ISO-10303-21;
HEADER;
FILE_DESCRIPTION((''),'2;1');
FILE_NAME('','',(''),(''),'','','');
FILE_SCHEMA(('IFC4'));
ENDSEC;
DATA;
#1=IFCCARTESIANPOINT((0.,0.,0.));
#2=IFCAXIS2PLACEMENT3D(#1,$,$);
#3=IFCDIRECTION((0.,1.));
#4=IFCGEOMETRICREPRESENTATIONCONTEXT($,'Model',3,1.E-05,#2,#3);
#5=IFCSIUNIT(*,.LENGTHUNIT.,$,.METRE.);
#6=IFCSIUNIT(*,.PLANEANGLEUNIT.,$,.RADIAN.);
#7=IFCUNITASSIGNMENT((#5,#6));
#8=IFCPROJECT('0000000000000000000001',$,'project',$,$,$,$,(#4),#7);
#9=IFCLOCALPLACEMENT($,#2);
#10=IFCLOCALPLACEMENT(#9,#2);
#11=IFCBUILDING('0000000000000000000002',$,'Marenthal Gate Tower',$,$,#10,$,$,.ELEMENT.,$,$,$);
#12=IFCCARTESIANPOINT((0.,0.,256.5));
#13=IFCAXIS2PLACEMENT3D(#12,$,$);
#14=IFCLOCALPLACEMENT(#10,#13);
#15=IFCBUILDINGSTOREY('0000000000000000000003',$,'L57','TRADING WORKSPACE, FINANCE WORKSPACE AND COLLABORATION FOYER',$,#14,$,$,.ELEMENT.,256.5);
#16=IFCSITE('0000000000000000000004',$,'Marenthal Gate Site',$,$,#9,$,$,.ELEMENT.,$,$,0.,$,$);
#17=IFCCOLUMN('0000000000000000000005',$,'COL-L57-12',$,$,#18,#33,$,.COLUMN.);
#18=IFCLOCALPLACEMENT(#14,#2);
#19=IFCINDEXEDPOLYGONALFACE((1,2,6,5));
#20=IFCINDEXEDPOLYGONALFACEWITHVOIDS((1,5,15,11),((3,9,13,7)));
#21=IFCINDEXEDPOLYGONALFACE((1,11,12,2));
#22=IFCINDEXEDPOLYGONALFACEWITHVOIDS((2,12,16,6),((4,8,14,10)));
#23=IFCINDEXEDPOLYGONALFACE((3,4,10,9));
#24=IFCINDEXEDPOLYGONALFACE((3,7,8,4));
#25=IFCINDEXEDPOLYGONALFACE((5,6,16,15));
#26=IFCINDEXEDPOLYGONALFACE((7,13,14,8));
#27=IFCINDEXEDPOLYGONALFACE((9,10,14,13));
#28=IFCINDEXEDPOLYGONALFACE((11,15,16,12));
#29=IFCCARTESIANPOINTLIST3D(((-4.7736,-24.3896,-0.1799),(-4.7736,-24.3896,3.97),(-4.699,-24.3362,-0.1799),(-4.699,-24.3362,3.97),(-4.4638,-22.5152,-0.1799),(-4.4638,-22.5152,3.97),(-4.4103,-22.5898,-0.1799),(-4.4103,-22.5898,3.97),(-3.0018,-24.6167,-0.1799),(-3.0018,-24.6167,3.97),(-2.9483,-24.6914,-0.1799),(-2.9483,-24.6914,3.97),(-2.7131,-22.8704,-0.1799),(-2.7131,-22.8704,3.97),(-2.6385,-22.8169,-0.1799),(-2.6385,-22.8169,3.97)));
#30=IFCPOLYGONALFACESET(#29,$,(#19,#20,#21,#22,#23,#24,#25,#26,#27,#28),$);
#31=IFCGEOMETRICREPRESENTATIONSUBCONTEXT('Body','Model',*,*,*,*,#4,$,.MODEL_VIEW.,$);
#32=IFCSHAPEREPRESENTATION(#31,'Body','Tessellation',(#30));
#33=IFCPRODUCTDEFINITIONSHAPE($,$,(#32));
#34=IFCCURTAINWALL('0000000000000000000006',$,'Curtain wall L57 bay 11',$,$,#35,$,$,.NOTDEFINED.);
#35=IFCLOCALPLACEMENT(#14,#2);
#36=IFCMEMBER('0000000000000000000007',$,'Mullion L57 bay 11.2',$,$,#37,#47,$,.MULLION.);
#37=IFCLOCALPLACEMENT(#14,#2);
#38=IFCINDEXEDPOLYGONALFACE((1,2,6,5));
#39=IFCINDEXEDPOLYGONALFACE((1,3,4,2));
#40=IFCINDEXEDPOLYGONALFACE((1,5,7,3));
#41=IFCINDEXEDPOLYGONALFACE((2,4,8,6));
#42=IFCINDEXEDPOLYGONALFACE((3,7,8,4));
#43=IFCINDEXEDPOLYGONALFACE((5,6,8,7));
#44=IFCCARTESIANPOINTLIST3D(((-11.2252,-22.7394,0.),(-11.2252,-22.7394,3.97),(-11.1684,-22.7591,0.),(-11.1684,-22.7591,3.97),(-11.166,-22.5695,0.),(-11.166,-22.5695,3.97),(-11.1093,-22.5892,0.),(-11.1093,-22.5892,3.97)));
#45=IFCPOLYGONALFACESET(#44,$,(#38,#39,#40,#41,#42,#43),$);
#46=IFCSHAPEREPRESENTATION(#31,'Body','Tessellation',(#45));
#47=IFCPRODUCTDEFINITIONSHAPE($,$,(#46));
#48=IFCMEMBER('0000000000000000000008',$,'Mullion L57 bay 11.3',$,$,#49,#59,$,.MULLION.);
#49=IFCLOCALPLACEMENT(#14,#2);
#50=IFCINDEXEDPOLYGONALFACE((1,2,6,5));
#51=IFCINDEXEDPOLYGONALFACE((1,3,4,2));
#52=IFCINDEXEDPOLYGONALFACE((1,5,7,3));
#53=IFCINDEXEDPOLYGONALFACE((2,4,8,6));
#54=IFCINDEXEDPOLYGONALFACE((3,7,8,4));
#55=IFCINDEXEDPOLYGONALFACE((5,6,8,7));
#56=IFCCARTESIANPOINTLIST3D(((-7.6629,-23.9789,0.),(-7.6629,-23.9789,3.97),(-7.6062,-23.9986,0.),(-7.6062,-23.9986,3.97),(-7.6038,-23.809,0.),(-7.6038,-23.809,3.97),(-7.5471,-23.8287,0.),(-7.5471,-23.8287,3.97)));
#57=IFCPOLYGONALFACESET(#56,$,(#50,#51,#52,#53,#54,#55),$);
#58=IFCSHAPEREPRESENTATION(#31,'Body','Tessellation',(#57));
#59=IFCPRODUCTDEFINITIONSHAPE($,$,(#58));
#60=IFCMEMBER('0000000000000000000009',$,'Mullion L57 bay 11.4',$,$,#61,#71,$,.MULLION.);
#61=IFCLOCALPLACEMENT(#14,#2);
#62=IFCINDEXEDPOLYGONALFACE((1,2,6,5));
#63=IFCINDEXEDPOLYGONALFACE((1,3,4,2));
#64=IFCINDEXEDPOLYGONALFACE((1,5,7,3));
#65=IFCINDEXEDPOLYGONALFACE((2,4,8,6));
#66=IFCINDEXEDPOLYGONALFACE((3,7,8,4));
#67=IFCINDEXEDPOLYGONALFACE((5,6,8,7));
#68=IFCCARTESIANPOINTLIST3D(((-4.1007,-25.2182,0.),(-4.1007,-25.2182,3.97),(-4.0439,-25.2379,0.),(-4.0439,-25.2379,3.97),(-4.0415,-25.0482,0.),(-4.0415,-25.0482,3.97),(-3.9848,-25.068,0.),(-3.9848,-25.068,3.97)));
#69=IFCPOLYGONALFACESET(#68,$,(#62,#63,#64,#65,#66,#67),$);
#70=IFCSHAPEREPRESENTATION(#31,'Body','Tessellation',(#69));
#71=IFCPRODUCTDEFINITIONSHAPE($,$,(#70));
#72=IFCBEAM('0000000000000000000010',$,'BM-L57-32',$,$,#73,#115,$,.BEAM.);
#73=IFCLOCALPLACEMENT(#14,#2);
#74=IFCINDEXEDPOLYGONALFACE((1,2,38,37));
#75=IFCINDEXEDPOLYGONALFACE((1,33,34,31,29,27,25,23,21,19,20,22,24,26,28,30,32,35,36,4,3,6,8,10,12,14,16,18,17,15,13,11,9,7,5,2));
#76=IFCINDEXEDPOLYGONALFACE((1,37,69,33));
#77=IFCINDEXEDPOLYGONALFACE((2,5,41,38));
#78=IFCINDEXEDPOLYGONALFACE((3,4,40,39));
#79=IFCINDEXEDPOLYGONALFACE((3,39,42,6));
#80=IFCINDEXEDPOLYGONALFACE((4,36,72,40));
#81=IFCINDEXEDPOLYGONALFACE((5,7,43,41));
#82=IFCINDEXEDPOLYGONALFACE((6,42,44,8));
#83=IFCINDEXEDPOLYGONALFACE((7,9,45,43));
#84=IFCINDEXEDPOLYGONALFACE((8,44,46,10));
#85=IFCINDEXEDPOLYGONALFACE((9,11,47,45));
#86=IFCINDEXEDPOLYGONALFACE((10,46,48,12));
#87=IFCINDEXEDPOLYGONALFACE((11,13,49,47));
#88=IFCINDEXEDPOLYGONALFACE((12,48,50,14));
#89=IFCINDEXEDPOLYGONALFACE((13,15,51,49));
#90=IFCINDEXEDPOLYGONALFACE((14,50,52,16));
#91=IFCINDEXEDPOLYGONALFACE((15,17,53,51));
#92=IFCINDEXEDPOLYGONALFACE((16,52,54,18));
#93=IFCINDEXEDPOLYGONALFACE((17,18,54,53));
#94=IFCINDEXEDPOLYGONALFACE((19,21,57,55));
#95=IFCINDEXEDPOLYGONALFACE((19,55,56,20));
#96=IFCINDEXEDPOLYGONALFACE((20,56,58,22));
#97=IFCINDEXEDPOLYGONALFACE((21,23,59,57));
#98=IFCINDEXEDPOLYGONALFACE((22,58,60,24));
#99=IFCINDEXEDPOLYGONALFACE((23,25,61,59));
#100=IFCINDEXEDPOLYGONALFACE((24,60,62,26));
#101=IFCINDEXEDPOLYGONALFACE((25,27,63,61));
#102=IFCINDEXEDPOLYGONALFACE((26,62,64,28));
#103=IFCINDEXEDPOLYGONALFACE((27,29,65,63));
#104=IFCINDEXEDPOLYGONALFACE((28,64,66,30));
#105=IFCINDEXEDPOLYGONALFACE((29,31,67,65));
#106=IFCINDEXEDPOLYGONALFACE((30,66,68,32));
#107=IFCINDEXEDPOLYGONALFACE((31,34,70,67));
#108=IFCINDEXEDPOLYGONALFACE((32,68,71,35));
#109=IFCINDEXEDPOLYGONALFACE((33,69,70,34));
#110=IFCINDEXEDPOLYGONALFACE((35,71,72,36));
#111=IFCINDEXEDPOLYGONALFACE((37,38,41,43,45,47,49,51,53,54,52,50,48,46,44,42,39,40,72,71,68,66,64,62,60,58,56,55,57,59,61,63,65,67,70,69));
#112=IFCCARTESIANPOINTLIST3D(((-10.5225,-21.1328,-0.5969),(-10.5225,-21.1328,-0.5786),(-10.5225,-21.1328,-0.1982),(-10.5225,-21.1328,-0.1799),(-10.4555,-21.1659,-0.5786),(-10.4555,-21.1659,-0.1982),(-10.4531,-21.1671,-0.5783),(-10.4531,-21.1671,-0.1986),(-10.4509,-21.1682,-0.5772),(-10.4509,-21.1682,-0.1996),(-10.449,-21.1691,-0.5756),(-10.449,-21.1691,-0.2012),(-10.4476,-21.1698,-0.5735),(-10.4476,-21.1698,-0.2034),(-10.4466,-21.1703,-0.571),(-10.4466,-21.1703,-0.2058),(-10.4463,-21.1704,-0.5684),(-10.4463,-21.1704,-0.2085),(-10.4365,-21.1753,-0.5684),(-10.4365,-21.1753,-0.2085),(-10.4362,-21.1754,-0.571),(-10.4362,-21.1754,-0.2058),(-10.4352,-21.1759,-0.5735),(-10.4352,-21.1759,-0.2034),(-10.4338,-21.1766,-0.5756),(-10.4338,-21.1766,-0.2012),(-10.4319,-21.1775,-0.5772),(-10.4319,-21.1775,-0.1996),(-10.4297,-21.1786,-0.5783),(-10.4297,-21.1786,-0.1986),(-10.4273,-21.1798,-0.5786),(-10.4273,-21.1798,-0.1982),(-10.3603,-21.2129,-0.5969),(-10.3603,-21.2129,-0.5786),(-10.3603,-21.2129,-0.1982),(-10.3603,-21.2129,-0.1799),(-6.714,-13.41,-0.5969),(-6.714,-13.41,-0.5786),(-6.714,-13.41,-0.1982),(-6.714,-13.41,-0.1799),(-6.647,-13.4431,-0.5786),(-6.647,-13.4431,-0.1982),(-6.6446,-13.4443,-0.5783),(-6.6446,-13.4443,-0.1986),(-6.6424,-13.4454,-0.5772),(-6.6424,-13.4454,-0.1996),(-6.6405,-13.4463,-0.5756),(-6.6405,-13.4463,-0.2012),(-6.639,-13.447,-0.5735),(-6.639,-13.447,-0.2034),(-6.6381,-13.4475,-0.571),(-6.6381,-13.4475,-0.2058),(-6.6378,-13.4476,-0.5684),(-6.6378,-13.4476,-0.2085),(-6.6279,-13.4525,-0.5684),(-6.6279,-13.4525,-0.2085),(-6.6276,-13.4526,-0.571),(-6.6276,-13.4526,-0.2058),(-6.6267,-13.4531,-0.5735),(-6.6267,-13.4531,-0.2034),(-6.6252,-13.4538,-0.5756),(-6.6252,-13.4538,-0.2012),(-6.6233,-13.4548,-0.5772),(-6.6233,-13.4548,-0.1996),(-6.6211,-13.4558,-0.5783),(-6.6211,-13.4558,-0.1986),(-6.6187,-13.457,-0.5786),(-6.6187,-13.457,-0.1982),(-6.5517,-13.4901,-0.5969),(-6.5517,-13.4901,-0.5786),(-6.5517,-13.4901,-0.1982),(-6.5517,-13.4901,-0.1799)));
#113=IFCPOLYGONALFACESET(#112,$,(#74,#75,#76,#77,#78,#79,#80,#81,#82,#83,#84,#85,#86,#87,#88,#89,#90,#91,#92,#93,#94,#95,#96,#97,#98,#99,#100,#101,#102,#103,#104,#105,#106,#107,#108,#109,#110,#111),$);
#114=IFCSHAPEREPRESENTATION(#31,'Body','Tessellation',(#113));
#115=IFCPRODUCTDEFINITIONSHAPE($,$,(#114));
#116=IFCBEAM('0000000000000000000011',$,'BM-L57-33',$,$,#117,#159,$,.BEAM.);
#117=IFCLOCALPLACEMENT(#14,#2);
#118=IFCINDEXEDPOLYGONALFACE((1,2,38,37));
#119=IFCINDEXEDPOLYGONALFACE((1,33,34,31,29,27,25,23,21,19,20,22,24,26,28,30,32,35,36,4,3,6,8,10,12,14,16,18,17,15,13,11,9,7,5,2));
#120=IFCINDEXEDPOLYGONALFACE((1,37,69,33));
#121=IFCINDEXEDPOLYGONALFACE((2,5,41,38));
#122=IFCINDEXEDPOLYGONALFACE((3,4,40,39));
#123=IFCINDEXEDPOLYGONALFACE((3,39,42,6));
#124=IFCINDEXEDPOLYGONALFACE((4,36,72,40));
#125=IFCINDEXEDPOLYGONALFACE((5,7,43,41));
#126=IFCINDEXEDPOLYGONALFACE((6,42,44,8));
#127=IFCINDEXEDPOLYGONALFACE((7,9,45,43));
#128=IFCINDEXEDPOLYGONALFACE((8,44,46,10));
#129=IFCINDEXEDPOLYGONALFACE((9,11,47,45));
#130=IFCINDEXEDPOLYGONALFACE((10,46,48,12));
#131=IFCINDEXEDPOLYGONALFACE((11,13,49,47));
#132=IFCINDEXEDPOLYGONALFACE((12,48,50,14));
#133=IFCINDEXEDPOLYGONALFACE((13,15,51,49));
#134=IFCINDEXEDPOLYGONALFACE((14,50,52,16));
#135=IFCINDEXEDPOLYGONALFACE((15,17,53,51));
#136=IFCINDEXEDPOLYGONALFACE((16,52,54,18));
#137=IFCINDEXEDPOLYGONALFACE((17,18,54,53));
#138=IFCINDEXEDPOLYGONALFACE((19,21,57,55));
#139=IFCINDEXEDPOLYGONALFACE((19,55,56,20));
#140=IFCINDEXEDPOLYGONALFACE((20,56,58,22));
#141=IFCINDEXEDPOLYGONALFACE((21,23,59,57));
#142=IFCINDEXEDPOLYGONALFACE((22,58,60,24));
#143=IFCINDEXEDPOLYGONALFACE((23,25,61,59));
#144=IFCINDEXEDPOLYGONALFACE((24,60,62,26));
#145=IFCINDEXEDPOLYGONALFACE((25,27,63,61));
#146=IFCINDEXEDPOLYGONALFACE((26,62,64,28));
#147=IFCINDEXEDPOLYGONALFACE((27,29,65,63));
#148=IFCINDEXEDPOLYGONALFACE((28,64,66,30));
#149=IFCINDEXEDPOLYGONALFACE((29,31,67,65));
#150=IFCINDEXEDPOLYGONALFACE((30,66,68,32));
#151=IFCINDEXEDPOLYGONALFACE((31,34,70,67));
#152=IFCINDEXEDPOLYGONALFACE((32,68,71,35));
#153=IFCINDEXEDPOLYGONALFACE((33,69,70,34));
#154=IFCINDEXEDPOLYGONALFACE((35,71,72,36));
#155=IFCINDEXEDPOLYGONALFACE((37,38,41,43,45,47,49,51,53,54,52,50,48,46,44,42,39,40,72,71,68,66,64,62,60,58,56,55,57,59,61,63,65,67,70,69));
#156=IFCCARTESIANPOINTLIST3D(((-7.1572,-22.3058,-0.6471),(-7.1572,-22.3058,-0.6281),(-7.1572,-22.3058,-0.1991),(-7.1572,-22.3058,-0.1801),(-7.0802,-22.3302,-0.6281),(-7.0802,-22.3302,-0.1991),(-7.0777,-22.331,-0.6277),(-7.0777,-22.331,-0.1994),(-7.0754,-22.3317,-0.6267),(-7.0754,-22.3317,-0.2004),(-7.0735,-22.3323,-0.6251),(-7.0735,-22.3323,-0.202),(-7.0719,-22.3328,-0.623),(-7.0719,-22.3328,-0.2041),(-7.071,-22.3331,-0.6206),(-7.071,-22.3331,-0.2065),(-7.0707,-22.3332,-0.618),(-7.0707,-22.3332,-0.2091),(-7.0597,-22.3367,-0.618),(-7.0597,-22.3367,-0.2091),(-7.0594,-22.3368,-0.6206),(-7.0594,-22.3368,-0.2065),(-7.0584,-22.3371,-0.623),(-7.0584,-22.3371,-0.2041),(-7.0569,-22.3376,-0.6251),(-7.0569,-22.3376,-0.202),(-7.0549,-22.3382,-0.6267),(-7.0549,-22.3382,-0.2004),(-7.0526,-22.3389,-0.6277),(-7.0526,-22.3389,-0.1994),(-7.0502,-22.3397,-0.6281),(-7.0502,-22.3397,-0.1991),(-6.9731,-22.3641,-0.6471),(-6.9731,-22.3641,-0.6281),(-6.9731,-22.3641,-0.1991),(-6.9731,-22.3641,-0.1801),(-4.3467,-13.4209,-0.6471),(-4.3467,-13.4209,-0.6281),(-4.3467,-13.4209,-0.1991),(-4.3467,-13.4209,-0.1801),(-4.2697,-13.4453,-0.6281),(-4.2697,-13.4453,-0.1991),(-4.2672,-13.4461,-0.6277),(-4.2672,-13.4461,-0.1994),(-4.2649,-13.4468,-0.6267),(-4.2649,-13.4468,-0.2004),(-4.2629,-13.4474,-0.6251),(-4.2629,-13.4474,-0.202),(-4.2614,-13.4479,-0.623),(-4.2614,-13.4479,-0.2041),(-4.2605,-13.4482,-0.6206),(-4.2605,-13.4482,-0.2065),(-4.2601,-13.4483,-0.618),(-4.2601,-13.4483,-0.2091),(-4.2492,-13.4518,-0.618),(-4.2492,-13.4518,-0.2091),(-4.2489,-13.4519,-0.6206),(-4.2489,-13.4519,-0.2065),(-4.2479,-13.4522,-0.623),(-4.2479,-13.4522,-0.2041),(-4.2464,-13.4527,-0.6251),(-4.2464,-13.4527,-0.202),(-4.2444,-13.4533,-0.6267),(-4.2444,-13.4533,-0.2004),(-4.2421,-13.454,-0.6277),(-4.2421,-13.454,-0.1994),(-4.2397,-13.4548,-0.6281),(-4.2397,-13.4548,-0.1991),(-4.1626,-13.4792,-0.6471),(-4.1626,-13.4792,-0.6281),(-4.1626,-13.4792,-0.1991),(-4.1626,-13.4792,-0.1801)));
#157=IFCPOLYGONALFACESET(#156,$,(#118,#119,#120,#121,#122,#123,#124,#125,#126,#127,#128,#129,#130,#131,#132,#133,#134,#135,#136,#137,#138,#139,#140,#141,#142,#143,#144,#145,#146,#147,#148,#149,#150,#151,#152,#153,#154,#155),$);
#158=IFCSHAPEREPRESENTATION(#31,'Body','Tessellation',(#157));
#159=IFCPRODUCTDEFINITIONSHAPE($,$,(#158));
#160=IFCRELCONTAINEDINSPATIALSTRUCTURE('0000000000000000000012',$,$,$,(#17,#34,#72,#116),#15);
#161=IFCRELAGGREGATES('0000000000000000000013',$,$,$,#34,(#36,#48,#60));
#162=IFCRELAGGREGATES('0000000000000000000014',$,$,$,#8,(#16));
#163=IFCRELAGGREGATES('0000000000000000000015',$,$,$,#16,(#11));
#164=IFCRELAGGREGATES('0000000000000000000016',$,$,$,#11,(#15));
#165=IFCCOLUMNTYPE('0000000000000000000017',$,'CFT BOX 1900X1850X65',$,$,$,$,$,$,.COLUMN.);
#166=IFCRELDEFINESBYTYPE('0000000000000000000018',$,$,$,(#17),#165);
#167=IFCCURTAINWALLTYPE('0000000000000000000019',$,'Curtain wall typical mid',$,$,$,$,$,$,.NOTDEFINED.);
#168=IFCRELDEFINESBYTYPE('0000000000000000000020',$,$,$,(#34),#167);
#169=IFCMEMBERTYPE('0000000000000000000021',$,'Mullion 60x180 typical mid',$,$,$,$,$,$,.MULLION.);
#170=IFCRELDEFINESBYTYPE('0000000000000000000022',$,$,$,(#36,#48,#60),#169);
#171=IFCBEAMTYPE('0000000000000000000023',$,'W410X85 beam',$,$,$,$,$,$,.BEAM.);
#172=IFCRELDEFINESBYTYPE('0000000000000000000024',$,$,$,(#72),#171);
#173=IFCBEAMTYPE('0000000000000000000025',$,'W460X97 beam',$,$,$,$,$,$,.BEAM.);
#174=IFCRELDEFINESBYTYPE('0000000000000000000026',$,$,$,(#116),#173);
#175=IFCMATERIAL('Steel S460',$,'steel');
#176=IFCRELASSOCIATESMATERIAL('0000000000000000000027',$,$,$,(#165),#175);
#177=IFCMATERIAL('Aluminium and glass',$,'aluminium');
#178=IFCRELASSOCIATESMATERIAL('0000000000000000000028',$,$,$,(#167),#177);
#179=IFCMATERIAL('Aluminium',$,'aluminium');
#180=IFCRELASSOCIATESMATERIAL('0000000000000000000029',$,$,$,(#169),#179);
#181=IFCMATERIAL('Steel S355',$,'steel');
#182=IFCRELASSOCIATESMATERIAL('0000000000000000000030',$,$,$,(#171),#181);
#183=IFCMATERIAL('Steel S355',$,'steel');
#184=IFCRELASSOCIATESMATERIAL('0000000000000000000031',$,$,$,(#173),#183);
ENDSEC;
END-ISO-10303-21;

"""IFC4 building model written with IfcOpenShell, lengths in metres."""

from ifc_helpers import new_model, si_unit, direction, frame, origin, origin_2d, place, context, subcontext, project, spatial, rectangle, hollow_rectangle, i_section, extrude, material, material_profile, profile_set, type_object, element, aggregate, save


model = new_model("IFC4")

# Units and contexts
model_context = context("Model", 3, precision=1e-05, world=origin(), true_north=direction((0.0, 1.0)))
body_context = subcontext(model_context, "Body", "Model", "MODEL_VIEW")
ifc_project = project(units=[si_unit("LENGTHUNIT", "METRE"), si_unit("PLANEANGLEUNIT", "RADIAN")], contexts=[model_context])

# Site, building, storey
site_placement = place(None, origin())
site = spatial("IfcSite", under=ifc_project, at=site_placement, Name="Marenthal Gate Site", CompositionType="ELEMENT", RefElevation=0.0)
building_placement = place(site_placement, origin())
building = spatial("IfcBuilding", under=site, at=building_placement, Name="Marenthal Gate Tower", CompositionType="ELEMENT")
storey_placement = place(building_placement, frame((0.0, 0.0, 256.5)))
storey = spatial("IfcBuildingStorey", under=building, at=storey_placement, Name="L57", Description="TRADING WORKSPACE, FINANCE WORKSPACE AND COLLABORATION FOYER", CompositionType="ELEMENT", Elevation=256.5)

# Column
ifc_material_1 = material(Name="Steel S460", Category="steel")
ifc_material_profile_1 = material_profile(ifc_material_1, hollow_rectangle(XDim=1.8501, YDim=1.8999, WallThickness=0.0649, at=origin_2d()), Name="CFT BOX 1900X1850X65")
ifc_material_2 = material(Name="Concrete 70 MPa", Category="concrete")
ifc_material_profile_2 = material_profile(ifc_material_2, rectangle(XDim=1.72, YDim=1.77, at=origin_2d()), Name="CFT BOX 1900X1850X65 INFILL")
ifc_profile_set_1 = profile_set([ifc_material_profile_1, ifc_material_profile_2], Name="Steel S460 shell, Concrete 70 MPa infill")
column_type = type_object("IfcColumnType", Name="CFT BOX 1900X1850X65", PredefinedType="COLUMN", material=ifc_profile_set_1)
column_placement = place(storey_placement, frame((-3.7061, -23.6033, -0.1799), z_axis=(0.0, 0.0, 1.0), x_axis=(-0.986611, 0.163088, 0.0)))
element("IfcColumn", 1, at=column_placement, inside=storey, type_object=column_type, Name="COL-L57-12", PredefinedType="COLUMN", context=body_context, shape_type="SweptSolid", body=[
    extrude(hollow_rectangle(XDim=1.8501, YDim=1.8999, WallThickness=0.0649, at=origin_2d()), origin(), (0.0, 0.0, 1.0), 4.1499),
])

# Curtain wall, members
ifc_material_3 = material(Name="Aluminium and glass", Category="aluminium")
curtain_wall_type = type_object("IfcCurtainWallType", Name="Curtain wall typical mid", PredefinedType="NOTDEFINED", material=ifc_material_3)
curtain_wall_placement = place(storey_placement, origin())
curtain_wall = element("IfcCurtainWall", 2, at=curtain_wall_placement, inside=storey, type_object=curtain_wall_type, Name="Curtain wall L57 bay 11", PredefinedType="NOTDEFINED")
ifc_material_4 = material(Name="Aluminium", Category="aluminium")
ifc_material_profile_3 = material_profile(ifc_material_4, rectangle(XDim=0.1799, YDim=0.0601, at=origin_2d()), Name="60x180 aluminium mullion")
ifc_profile_set_2 = profile_set([ifc_material_profile_3], Name="Aluminium")
member_type = type_object("IfcMemberType", Name="Mullion 60x180 typical mid", PredefinedType="MULLION", material=ifc_profile_set_2)
member_1_placement = place(storey_placement, frame((-11.1672, -22.6643, 0.0), z_axis=(0.0, 0.0, 1.0), x_axis=(0.328612, 0.944465, 0.0)))
member_1 = element("IfcMember", 3, at=member_1_placement, type_object=member_type, Name="Mullion L57 bay 11.2", PredefinedType="MULLION", context=body_context, shape_type="SweptSolid", body=[
    extrude(rectangle(XDim=0.1799, YDim=0.0601, at=origin_2d()), origin(), (0.0, 0.0, 1.0), 3.97),
])
member_2_placement = place(storey_placement, frame((-7.605, -23.9038, 0.0), z_axis=(0.0, 0.0, 1.0), x_axis=(0.328612, 0.944465, 0.0)))
member_2 = element("IfcMember", 4, at=member_2_placement, type_object=member_type, Name="Mullion L57 bay 11.3", PredefinedType="MULLION", context=body_context, shape_type="SweptSolid", body=[
    extrude(rectangle(XDim=0.1799, YDim=0.0601, at=origin_2d()), origin(), (0.0, 0.0, 1.0), 3.97),
])
member_3_placement = place(storey_placement, frame((-4.0427, -25.1431, 0.0), z_axis=(0.0, 0.0, 1.0), x_axis=(0.328612, 0.944465, 0.0)))
member_3 = element("IfcMember", 5, at=member_3_placement, type_object=member_type, Name="Mullion L57 bay 11.4", PredefinedType="MULLION", context=body_context, shape_type="SweptSolid", body=[
    extrude(rectangle(XDim=0.1799, YDim=0.0601, at=origin_2d()), origin(), (0.0, 0.0, 1.0), 3.97),
])

# Beams
ifc_material_5 = material(Name="Steel S355", Category="steel")
ifc_material_profile_4 = material_profile(ifc_material_5, i_section(OverallWidth=0.1809, OverallDepth=0.417, WebThickness=0.011, FlangeThickness=0.0183, FilletRadius=0.0103, at=origin_2d()), Name="W410X85")
ifc_profile_set_3 = profile_set([ifc_material_profile_4], Name="Steel S355")
beam_type_1 = type_object("IfcBeamType", Name="W410X85 beam", PredefinedType="BEAM", material=ifc_profile_set_3)
beam_1_placement = place(storey_placement, frame((-10.4414, -21.1729, -0.3884), z_axis=(0.442296, 0.896869, 0.0), x_axis=(-0.896869, 0.442296, 0.0)))
element("IfcBeam", 6, at=beam_1_placement, inside=storey, type_object=beam_type_1, Name="BM-L57-32", PredefinedType="BEAM", context=body_context, shape_type="SweptSolid", body=[
    extrude(i_section(OverallWidth=0.1809, OverallDepth=0.417, WebThickness=0.011, FlangeThickness=0.0183, FilletRadius=0.0103, at=origin_2d()), origin(), (0.0, 0.0, 1.0), 8.6108),
])
ifc_material_6 = material(Name="Steel S355", Category="steel")
ifc_material_profile_5 = material_profile(ifc_material_6, i_section(OverallWidth=0.1931, OverallDepth=0.467, WebThickness=0.0115, FlangeThickness=0.019, FilletRadius=0.01, at=origin_2d()), Name="W460X97")
ifc_profile_set_4 = profile_set([ifc_material_profile_5], Name="Steel S355")
beam_type_2 = type_object("IfcBeamType", Name="W460X97 beam", PredefinedType="BEAM", material=ifc_profile_set_4)
beam_2_placement = place(storey_placement, frame((-7.0652, -22.335, -0.4136), z_axis=(0.301595, 0.953436, 0.0), x_axis=(-0.953436, 0.301595, 0.0)))
element("IfcBeam", 7, at=beam_2_placement, inside=storey, type_object=beam_type_2, Name="BM-L57-33", PredefinedType="BEAM", context=body_context, shape_type="SweptSolid", body=[
    extrude(i_section(OverallWidth=0.1931, OverallDepth=0.467, WebThickness=0.0115, FlangeThickness=0.019, FilletRadius=0.01, at=origin_2d()), origin(), (0.0, 0.0, 1.0), 9.3188),
])

aggregate(curtain_wall, [member_1, member_2, member_3])

save(model, "model.ifc")
